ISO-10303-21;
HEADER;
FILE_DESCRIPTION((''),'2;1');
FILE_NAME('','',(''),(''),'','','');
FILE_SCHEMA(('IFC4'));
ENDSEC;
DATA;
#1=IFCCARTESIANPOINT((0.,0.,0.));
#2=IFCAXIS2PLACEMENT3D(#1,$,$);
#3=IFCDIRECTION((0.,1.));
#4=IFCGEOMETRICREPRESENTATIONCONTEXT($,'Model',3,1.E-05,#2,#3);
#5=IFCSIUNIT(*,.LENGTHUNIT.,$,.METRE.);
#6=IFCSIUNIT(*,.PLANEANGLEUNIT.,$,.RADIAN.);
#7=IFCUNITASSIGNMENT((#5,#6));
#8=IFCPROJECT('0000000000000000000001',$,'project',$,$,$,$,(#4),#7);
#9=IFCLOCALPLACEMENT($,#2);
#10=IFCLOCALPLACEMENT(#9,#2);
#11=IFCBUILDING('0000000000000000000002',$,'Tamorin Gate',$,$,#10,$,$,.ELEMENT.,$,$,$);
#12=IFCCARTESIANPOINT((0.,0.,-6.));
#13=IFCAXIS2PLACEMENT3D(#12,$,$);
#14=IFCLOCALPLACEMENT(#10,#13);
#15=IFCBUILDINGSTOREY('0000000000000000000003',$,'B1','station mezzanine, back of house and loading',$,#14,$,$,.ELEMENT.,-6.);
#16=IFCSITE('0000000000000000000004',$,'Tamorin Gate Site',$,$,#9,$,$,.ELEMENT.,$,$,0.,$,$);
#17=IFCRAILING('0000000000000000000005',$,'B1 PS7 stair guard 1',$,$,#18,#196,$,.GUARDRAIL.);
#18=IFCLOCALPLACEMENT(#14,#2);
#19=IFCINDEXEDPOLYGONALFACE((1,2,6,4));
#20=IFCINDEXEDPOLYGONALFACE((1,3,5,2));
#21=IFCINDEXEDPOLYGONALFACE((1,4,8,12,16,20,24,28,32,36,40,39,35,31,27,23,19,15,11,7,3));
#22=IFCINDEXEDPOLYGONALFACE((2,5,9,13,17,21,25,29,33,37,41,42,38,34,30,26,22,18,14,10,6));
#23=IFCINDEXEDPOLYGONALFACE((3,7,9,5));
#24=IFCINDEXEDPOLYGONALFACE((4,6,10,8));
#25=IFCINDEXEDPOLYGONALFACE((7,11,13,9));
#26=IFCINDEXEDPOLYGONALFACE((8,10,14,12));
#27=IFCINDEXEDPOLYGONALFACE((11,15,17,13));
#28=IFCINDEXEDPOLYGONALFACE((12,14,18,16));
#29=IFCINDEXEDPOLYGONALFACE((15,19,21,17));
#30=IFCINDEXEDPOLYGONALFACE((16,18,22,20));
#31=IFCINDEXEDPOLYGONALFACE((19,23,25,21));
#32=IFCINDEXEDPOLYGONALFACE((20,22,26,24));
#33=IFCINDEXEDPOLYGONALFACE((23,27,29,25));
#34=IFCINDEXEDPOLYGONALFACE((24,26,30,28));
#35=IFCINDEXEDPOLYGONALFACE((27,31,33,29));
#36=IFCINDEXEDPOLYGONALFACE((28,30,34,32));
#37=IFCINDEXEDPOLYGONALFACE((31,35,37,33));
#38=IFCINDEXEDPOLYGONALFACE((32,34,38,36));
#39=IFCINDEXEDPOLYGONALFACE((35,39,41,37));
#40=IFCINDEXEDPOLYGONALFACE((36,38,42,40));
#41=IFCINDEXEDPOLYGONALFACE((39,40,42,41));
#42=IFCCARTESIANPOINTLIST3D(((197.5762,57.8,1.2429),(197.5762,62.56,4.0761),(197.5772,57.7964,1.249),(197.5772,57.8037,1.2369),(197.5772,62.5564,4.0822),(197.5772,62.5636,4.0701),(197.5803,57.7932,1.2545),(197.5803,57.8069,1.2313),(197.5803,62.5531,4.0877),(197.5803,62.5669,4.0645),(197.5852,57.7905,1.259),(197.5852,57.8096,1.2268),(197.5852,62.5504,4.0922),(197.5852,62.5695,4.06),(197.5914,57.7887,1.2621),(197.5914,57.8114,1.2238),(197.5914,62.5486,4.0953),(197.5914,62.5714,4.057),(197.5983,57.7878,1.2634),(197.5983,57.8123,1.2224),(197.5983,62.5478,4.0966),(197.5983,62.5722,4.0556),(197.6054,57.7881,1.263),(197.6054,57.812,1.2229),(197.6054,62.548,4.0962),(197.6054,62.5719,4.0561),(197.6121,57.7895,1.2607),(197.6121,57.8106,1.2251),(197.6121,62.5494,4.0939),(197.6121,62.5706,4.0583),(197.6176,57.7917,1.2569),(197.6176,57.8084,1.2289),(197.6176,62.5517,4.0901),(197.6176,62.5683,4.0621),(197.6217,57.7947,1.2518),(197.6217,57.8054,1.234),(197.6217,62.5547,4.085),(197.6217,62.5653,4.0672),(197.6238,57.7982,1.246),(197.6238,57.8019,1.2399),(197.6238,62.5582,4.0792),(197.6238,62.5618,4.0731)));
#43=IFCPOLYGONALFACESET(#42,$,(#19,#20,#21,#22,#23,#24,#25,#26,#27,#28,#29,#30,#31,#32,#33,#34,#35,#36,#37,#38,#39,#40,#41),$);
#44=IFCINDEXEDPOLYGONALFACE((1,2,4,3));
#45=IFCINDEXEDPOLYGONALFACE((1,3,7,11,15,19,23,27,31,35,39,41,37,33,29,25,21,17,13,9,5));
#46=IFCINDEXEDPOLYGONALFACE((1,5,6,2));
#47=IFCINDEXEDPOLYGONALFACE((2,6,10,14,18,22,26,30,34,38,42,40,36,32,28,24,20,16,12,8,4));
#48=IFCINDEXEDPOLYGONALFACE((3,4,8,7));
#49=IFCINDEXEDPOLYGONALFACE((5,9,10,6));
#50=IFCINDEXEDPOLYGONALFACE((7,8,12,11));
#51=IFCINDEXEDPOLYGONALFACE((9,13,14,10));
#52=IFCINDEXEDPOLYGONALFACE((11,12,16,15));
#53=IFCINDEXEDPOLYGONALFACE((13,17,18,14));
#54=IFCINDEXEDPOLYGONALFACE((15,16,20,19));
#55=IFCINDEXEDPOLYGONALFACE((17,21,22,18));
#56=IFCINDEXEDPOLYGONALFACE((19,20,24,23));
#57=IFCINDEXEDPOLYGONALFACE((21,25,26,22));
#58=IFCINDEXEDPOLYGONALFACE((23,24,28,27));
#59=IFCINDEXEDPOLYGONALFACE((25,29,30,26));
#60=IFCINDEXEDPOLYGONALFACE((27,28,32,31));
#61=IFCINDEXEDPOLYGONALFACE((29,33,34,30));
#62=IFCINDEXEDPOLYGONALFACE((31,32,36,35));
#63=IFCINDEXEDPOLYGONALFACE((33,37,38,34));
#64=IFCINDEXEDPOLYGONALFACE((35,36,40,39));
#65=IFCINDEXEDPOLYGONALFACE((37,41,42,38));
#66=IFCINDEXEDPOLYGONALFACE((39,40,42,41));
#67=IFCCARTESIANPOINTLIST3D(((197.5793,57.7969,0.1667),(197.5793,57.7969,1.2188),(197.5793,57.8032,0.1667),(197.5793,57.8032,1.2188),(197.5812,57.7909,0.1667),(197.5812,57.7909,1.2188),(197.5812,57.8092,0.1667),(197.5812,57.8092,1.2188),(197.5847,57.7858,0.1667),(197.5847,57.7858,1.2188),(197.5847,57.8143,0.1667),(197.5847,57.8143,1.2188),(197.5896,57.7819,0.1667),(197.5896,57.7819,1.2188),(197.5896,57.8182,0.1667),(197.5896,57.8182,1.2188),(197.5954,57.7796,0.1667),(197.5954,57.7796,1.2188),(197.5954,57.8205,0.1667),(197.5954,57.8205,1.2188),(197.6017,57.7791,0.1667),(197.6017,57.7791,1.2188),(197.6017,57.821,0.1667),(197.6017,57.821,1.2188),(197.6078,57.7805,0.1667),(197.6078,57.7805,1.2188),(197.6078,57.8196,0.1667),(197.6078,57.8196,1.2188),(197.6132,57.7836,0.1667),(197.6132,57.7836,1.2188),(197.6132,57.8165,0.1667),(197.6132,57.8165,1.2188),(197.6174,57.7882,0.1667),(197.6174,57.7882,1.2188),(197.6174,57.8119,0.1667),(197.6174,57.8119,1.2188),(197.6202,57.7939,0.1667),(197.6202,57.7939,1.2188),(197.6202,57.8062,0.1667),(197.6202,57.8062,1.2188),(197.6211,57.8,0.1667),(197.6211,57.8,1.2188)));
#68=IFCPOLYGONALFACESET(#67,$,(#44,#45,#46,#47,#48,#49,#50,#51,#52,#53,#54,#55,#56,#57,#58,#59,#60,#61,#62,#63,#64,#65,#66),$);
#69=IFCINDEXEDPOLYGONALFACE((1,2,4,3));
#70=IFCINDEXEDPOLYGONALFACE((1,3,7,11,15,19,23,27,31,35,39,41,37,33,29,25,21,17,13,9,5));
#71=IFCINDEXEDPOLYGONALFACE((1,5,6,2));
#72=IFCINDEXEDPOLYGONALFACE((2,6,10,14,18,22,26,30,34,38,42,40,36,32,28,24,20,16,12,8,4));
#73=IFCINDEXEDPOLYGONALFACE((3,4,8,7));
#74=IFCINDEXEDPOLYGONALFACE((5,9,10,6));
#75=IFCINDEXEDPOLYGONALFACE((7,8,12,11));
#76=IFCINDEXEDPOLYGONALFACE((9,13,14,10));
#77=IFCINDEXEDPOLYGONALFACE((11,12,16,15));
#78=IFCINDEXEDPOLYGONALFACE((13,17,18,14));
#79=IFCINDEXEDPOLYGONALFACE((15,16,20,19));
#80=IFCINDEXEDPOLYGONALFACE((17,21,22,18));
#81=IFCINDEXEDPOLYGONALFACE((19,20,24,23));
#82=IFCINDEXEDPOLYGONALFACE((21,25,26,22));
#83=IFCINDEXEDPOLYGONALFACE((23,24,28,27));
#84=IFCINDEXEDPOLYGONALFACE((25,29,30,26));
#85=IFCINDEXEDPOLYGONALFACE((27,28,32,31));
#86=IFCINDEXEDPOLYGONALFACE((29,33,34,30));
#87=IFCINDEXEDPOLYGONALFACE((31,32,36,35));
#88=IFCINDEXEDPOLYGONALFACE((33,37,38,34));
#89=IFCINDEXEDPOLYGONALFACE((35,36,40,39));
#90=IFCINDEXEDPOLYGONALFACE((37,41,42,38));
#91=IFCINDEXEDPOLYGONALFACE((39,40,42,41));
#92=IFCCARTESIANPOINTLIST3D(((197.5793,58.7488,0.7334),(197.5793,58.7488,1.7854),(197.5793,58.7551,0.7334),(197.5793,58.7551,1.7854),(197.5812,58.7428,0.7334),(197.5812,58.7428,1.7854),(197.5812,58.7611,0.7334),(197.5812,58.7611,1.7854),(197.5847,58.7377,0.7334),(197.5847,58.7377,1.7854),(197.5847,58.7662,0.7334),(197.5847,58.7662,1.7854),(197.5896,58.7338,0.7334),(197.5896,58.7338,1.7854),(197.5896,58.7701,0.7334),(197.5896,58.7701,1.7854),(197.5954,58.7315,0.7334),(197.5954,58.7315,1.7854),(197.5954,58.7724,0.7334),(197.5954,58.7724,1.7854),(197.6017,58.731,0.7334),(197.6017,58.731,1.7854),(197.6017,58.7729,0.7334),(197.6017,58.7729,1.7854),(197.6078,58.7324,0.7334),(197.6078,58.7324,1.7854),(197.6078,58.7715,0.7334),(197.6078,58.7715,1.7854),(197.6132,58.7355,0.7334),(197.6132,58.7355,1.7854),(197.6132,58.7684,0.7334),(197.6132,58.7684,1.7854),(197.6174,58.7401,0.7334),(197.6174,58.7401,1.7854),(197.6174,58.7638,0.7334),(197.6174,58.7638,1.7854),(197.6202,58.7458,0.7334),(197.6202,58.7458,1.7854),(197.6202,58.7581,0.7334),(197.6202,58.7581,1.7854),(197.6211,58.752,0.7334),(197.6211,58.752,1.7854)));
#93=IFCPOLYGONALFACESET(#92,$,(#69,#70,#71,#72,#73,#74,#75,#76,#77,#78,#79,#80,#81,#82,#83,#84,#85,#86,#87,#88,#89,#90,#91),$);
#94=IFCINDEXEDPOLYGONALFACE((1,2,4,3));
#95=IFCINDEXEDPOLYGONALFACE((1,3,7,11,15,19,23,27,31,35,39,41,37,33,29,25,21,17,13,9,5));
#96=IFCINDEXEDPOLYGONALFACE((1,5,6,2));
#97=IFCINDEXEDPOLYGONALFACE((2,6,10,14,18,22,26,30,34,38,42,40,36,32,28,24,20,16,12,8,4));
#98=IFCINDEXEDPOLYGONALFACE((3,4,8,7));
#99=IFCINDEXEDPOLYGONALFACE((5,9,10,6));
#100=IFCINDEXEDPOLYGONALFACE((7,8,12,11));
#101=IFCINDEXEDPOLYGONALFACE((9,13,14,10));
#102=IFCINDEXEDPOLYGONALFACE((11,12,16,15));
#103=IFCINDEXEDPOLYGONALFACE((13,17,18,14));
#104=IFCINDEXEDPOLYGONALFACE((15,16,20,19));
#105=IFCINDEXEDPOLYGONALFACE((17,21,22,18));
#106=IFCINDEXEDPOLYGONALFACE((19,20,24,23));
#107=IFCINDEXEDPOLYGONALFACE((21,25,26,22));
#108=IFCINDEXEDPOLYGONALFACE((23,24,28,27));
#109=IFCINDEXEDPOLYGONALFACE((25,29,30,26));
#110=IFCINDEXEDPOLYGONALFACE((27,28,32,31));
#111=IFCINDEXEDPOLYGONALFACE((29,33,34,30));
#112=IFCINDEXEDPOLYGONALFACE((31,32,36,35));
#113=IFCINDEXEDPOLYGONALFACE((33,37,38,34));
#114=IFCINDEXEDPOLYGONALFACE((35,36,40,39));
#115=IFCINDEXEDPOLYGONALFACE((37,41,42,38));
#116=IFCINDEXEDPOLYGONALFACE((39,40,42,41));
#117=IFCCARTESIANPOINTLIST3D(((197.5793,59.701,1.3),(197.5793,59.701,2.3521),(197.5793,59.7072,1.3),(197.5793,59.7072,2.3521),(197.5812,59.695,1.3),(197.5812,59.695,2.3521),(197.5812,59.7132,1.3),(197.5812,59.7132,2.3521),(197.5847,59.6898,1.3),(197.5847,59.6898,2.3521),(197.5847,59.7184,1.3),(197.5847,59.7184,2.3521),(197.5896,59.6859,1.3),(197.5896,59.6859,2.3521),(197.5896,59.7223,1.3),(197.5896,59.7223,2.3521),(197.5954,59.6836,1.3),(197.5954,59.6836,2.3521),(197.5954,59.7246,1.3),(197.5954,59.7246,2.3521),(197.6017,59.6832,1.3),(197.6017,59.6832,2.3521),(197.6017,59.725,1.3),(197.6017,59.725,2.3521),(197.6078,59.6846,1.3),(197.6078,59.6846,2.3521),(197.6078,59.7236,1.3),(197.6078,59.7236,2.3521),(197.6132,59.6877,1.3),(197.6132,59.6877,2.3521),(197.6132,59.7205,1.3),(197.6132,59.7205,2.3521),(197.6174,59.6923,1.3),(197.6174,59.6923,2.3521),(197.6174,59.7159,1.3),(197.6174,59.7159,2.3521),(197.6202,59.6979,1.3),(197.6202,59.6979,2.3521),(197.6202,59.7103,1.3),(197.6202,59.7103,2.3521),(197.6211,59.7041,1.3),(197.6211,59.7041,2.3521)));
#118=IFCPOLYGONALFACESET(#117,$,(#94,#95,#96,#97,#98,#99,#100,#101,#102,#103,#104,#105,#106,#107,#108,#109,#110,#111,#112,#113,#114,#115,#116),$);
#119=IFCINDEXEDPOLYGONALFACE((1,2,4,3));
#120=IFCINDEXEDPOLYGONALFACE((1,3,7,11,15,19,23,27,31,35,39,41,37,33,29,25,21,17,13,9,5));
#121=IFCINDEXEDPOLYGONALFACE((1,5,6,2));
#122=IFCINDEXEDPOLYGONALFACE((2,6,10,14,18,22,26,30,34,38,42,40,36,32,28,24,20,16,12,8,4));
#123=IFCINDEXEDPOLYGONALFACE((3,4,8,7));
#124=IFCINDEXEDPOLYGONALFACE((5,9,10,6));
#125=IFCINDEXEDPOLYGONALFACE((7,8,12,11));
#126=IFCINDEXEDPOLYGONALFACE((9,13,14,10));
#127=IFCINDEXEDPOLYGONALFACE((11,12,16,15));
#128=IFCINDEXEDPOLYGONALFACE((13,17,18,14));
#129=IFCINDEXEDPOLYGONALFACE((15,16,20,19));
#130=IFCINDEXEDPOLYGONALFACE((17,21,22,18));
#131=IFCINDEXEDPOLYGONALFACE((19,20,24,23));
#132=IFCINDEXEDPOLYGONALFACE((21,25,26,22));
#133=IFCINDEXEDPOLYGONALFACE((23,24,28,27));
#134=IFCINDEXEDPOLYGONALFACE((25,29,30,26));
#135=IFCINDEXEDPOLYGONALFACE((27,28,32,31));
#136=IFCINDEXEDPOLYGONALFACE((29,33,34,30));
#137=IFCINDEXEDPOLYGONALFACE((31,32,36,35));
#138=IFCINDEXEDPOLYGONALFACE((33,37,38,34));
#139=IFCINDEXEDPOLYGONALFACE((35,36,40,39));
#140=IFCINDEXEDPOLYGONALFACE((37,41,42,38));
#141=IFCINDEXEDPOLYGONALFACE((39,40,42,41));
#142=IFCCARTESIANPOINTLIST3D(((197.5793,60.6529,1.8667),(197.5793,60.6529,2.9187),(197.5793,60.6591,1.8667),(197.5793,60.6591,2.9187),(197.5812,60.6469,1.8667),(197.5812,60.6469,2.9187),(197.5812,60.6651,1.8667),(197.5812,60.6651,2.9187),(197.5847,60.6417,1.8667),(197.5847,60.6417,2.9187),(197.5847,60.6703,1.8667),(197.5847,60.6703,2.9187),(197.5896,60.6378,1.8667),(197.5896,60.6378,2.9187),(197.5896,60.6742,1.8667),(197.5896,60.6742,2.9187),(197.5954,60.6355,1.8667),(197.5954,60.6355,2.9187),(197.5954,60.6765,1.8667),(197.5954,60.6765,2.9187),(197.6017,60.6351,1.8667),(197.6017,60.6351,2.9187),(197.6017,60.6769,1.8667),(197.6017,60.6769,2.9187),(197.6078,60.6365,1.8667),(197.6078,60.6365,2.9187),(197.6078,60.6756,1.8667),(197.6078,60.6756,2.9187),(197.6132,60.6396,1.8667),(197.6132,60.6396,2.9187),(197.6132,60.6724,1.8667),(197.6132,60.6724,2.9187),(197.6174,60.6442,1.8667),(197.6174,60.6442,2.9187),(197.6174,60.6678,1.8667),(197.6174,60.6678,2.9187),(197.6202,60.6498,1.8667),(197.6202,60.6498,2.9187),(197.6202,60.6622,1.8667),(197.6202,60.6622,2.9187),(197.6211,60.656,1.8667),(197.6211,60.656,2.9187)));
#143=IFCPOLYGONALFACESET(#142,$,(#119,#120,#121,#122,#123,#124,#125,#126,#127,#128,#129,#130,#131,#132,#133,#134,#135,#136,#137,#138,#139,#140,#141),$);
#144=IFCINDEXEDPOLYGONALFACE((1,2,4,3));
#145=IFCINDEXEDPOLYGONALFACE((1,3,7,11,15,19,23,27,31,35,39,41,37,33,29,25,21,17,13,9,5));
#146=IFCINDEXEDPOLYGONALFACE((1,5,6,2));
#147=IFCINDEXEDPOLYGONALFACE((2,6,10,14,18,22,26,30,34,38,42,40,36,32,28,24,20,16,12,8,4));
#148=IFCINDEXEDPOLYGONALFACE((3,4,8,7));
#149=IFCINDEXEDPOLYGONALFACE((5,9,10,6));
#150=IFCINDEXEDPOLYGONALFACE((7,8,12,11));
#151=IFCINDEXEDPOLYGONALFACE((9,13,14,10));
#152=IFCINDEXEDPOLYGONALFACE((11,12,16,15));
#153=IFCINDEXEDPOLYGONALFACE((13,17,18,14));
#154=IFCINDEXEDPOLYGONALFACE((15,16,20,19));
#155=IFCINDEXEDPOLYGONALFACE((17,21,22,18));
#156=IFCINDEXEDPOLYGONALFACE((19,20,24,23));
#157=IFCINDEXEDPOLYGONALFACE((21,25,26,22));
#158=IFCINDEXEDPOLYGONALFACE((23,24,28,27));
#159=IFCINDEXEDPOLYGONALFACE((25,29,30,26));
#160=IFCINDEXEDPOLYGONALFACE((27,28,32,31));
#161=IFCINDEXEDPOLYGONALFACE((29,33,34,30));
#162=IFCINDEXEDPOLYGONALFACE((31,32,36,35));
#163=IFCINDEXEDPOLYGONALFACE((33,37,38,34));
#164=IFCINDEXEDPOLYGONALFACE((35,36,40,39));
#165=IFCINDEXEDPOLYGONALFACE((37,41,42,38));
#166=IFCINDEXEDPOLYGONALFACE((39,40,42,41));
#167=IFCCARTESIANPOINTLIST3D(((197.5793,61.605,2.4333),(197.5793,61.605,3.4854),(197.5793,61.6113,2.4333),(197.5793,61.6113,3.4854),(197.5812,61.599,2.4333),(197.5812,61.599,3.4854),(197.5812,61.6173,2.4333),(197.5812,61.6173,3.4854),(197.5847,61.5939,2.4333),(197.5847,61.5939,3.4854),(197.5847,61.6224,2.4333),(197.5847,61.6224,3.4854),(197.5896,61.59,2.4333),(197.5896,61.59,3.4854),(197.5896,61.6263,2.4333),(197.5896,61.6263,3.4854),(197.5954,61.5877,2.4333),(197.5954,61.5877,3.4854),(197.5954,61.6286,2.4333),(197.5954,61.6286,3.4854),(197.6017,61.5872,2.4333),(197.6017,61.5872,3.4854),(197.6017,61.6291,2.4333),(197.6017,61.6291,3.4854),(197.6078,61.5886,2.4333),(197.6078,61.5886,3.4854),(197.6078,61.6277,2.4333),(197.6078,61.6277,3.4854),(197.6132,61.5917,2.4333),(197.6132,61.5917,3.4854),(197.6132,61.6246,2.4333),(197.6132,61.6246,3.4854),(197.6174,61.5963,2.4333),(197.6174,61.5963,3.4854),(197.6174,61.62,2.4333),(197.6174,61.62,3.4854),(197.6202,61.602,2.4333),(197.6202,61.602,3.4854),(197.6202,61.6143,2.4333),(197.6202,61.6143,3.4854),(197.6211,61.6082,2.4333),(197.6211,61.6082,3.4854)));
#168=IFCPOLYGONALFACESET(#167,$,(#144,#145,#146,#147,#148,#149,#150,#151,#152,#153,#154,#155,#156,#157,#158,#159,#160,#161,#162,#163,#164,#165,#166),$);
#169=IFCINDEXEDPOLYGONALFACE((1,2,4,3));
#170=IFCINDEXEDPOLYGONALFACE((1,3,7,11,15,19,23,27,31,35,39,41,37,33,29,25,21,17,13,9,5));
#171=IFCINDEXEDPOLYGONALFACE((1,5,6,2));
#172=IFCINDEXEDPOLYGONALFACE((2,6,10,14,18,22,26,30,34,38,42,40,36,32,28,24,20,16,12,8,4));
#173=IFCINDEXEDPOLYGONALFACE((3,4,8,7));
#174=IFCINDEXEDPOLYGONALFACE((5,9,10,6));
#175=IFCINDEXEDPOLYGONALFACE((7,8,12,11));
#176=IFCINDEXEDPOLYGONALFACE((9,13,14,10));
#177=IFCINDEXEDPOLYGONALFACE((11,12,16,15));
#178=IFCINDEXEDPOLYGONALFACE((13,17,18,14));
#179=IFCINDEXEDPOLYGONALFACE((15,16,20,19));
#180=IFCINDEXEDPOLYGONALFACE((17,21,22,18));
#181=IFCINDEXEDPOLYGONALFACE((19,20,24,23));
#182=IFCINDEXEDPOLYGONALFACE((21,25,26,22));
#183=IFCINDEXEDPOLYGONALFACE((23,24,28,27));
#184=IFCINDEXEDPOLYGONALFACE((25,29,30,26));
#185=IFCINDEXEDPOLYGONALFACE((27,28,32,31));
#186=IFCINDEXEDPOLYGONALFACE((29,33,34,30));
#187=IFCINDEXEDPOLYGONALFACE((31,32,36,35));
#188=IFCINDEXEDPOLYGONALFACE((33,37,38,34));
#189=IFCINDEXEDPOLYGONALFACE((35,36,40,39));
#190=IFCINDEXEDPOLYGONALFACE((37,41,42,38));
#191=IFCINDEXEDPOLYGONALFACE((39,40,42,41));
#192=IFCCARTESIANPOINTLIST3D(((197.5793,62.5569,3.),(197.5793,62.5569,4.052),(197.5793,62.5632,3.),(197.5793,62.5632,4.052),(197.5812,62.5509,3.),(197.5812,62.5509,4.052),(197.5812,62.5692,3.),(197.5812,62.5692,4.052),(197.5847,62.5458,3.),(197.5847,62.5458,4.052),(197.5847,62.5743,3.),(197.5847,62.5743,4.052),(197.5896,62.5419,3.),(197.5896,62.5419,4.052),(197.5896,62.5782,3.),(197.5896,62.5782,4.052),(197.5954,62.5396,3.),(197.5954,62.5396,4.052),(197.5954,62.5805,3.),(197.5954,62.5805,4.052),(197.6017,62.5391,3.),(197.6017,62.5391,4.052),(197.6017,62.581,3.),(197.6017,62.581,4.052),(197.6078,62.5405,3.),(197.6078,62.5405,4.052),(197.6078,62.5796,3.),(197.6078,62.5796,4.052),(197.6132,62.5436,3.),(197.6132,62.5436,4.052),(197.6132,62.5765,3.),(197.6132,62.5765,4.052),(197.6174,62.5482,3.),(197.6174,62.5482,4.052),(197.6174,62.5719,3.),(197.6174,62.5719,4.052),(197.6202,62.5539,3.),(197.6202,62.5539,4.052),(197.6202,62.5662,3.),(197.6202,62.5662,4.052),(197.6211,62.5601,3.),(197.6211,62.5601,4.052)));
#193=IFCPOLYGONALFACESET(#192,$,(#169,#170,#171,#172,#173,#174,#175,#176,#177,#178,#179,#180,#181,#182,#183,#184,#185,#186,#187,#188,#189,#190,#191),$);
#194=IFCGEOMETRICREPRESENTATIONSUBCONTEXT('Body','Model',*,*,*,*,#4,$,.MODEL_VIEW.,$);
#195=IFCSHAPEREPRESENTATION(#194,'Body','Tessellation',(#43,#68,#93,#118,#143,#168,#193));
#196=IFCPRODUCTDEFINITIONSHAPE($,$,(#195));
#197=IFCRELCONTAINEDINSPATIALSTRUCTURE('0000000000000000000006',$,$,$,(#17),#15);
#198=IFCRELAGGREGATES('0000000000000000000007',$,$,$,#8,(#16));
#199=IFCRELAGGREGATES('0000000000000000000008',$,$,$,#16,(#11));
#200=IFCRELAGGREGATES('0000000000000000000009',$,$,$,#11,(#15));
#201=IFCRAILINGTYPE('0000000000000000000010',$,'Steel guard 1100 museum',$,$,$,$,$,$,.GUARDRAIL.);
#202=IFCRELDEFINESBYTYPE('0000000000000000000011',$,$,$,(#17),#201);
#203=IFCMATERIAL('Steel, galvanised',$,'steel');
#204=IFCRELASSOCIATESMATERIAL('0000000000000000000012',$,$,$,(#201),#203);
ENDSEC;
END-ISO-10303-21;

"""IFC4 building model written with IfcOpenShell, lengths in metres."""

from ifc_helpers import new_model, si_unit, direction, frame, origin, origin_2d, place, context, subcontext, project, spatial, circle, extrude, material, type_object, element, save


model = new_model("IFC4")

# Units and contexts
model_context = context("Model", 3, precision=1e-05, world=origin(), true_north=direction((0.0, 1.0)))
body_context = subcontext(model_context, "Body", "Model", "MODEL_VIEW")
ifc_project = project(units=[si_unit("LENGTHUNIT", "METRE"), si_unit("PLANEANGLEUNIT", "RADIAN")], contexts=[model_context])

# Site, building, storey
site_placement = place(None, origin())
site = spatial("IfcSite", under=ifc_project, at=site_placement, Name="Tamorin Gate Site", CompositionType="ELEMENT", RefElevation=0.0)
building_placement = place(site_placement, origin())
building = spatial("IfcBuilding", under=site, at=building_placement, Name="Tamorin Gate", CompositionType="ELEMENT")
storey_placement = place(building_placement, frame((0.0, 0.0, -6.0)))
storey = spatial("IfcBuildingStorey", under=building, at=storey_placement, Name="B1", Description="station mezzanine, back of house and loading", CompositionType="ELEMENT", Elevation=-6.0)

# Railing
ifc_material_1 = material(Name="Steel, galvanised", Category="steel")
railing_type_1 = type_object("IfcRailingType", Name="Steel guard 1100 museum", PredefinedType="GUARDRAIL", material=ifc_material_1)
railing_1_placement = place(storey_placement, frame((197.6001, 57.8, 0.1667)))
element("IfcRailing", 1, at=railing_1_placement, inside=storey, type_object=railing_type_1, Name="B1 PS7 stair guard 1", PredefinedType="GUARDRAIL", context=body_context, shape_type="SweptSolid", body=[
    extrude(circle(Radius=0.0239, at=origin_2d()), frame((0.0, 0.0, 1.0762), z_axis=(0.0, 0.8593, 0.511472), x_axis=(-1.0, 0.0, 0.0)), (0.0, 0.0, 1.0), 5.5393),
    extrude(circle(Radius=0.021, at=origin_2d()), origin(), (0.0, 0.0, 1.0), 1.052),
    extrude(circle(Radius=0.021, at=origin_2d()), frame((0.0, 0.9519, 0.5667)), (0.0, 0.0, 1.0), 1.052),
    extrude(circle(Radius=0.021, at=origin_2d()), frame((0.0, 1.9041, 1.1333)), (0.0, 0.0, 1.0), 1.052),
    extrude(circle(Radius=0.021, at=origin_2d()), frame((0.0, 2.856, 1.7)), (0.0, 0.0, 1.0), 1.052),
    extrude(circle(Radius=0.021, at=origin_2d()), frame((0.0, 3.8081, 2.2666)), (0.0, 0.0, 1.0), 1.052),
    extrude(circle(Radius=0.021, at=origin_2d()), frame((0.0, 4.76, 2.8333)), (0.0, 0.0, 1.0), 1.052),
])

save(model, "model.ifc")
